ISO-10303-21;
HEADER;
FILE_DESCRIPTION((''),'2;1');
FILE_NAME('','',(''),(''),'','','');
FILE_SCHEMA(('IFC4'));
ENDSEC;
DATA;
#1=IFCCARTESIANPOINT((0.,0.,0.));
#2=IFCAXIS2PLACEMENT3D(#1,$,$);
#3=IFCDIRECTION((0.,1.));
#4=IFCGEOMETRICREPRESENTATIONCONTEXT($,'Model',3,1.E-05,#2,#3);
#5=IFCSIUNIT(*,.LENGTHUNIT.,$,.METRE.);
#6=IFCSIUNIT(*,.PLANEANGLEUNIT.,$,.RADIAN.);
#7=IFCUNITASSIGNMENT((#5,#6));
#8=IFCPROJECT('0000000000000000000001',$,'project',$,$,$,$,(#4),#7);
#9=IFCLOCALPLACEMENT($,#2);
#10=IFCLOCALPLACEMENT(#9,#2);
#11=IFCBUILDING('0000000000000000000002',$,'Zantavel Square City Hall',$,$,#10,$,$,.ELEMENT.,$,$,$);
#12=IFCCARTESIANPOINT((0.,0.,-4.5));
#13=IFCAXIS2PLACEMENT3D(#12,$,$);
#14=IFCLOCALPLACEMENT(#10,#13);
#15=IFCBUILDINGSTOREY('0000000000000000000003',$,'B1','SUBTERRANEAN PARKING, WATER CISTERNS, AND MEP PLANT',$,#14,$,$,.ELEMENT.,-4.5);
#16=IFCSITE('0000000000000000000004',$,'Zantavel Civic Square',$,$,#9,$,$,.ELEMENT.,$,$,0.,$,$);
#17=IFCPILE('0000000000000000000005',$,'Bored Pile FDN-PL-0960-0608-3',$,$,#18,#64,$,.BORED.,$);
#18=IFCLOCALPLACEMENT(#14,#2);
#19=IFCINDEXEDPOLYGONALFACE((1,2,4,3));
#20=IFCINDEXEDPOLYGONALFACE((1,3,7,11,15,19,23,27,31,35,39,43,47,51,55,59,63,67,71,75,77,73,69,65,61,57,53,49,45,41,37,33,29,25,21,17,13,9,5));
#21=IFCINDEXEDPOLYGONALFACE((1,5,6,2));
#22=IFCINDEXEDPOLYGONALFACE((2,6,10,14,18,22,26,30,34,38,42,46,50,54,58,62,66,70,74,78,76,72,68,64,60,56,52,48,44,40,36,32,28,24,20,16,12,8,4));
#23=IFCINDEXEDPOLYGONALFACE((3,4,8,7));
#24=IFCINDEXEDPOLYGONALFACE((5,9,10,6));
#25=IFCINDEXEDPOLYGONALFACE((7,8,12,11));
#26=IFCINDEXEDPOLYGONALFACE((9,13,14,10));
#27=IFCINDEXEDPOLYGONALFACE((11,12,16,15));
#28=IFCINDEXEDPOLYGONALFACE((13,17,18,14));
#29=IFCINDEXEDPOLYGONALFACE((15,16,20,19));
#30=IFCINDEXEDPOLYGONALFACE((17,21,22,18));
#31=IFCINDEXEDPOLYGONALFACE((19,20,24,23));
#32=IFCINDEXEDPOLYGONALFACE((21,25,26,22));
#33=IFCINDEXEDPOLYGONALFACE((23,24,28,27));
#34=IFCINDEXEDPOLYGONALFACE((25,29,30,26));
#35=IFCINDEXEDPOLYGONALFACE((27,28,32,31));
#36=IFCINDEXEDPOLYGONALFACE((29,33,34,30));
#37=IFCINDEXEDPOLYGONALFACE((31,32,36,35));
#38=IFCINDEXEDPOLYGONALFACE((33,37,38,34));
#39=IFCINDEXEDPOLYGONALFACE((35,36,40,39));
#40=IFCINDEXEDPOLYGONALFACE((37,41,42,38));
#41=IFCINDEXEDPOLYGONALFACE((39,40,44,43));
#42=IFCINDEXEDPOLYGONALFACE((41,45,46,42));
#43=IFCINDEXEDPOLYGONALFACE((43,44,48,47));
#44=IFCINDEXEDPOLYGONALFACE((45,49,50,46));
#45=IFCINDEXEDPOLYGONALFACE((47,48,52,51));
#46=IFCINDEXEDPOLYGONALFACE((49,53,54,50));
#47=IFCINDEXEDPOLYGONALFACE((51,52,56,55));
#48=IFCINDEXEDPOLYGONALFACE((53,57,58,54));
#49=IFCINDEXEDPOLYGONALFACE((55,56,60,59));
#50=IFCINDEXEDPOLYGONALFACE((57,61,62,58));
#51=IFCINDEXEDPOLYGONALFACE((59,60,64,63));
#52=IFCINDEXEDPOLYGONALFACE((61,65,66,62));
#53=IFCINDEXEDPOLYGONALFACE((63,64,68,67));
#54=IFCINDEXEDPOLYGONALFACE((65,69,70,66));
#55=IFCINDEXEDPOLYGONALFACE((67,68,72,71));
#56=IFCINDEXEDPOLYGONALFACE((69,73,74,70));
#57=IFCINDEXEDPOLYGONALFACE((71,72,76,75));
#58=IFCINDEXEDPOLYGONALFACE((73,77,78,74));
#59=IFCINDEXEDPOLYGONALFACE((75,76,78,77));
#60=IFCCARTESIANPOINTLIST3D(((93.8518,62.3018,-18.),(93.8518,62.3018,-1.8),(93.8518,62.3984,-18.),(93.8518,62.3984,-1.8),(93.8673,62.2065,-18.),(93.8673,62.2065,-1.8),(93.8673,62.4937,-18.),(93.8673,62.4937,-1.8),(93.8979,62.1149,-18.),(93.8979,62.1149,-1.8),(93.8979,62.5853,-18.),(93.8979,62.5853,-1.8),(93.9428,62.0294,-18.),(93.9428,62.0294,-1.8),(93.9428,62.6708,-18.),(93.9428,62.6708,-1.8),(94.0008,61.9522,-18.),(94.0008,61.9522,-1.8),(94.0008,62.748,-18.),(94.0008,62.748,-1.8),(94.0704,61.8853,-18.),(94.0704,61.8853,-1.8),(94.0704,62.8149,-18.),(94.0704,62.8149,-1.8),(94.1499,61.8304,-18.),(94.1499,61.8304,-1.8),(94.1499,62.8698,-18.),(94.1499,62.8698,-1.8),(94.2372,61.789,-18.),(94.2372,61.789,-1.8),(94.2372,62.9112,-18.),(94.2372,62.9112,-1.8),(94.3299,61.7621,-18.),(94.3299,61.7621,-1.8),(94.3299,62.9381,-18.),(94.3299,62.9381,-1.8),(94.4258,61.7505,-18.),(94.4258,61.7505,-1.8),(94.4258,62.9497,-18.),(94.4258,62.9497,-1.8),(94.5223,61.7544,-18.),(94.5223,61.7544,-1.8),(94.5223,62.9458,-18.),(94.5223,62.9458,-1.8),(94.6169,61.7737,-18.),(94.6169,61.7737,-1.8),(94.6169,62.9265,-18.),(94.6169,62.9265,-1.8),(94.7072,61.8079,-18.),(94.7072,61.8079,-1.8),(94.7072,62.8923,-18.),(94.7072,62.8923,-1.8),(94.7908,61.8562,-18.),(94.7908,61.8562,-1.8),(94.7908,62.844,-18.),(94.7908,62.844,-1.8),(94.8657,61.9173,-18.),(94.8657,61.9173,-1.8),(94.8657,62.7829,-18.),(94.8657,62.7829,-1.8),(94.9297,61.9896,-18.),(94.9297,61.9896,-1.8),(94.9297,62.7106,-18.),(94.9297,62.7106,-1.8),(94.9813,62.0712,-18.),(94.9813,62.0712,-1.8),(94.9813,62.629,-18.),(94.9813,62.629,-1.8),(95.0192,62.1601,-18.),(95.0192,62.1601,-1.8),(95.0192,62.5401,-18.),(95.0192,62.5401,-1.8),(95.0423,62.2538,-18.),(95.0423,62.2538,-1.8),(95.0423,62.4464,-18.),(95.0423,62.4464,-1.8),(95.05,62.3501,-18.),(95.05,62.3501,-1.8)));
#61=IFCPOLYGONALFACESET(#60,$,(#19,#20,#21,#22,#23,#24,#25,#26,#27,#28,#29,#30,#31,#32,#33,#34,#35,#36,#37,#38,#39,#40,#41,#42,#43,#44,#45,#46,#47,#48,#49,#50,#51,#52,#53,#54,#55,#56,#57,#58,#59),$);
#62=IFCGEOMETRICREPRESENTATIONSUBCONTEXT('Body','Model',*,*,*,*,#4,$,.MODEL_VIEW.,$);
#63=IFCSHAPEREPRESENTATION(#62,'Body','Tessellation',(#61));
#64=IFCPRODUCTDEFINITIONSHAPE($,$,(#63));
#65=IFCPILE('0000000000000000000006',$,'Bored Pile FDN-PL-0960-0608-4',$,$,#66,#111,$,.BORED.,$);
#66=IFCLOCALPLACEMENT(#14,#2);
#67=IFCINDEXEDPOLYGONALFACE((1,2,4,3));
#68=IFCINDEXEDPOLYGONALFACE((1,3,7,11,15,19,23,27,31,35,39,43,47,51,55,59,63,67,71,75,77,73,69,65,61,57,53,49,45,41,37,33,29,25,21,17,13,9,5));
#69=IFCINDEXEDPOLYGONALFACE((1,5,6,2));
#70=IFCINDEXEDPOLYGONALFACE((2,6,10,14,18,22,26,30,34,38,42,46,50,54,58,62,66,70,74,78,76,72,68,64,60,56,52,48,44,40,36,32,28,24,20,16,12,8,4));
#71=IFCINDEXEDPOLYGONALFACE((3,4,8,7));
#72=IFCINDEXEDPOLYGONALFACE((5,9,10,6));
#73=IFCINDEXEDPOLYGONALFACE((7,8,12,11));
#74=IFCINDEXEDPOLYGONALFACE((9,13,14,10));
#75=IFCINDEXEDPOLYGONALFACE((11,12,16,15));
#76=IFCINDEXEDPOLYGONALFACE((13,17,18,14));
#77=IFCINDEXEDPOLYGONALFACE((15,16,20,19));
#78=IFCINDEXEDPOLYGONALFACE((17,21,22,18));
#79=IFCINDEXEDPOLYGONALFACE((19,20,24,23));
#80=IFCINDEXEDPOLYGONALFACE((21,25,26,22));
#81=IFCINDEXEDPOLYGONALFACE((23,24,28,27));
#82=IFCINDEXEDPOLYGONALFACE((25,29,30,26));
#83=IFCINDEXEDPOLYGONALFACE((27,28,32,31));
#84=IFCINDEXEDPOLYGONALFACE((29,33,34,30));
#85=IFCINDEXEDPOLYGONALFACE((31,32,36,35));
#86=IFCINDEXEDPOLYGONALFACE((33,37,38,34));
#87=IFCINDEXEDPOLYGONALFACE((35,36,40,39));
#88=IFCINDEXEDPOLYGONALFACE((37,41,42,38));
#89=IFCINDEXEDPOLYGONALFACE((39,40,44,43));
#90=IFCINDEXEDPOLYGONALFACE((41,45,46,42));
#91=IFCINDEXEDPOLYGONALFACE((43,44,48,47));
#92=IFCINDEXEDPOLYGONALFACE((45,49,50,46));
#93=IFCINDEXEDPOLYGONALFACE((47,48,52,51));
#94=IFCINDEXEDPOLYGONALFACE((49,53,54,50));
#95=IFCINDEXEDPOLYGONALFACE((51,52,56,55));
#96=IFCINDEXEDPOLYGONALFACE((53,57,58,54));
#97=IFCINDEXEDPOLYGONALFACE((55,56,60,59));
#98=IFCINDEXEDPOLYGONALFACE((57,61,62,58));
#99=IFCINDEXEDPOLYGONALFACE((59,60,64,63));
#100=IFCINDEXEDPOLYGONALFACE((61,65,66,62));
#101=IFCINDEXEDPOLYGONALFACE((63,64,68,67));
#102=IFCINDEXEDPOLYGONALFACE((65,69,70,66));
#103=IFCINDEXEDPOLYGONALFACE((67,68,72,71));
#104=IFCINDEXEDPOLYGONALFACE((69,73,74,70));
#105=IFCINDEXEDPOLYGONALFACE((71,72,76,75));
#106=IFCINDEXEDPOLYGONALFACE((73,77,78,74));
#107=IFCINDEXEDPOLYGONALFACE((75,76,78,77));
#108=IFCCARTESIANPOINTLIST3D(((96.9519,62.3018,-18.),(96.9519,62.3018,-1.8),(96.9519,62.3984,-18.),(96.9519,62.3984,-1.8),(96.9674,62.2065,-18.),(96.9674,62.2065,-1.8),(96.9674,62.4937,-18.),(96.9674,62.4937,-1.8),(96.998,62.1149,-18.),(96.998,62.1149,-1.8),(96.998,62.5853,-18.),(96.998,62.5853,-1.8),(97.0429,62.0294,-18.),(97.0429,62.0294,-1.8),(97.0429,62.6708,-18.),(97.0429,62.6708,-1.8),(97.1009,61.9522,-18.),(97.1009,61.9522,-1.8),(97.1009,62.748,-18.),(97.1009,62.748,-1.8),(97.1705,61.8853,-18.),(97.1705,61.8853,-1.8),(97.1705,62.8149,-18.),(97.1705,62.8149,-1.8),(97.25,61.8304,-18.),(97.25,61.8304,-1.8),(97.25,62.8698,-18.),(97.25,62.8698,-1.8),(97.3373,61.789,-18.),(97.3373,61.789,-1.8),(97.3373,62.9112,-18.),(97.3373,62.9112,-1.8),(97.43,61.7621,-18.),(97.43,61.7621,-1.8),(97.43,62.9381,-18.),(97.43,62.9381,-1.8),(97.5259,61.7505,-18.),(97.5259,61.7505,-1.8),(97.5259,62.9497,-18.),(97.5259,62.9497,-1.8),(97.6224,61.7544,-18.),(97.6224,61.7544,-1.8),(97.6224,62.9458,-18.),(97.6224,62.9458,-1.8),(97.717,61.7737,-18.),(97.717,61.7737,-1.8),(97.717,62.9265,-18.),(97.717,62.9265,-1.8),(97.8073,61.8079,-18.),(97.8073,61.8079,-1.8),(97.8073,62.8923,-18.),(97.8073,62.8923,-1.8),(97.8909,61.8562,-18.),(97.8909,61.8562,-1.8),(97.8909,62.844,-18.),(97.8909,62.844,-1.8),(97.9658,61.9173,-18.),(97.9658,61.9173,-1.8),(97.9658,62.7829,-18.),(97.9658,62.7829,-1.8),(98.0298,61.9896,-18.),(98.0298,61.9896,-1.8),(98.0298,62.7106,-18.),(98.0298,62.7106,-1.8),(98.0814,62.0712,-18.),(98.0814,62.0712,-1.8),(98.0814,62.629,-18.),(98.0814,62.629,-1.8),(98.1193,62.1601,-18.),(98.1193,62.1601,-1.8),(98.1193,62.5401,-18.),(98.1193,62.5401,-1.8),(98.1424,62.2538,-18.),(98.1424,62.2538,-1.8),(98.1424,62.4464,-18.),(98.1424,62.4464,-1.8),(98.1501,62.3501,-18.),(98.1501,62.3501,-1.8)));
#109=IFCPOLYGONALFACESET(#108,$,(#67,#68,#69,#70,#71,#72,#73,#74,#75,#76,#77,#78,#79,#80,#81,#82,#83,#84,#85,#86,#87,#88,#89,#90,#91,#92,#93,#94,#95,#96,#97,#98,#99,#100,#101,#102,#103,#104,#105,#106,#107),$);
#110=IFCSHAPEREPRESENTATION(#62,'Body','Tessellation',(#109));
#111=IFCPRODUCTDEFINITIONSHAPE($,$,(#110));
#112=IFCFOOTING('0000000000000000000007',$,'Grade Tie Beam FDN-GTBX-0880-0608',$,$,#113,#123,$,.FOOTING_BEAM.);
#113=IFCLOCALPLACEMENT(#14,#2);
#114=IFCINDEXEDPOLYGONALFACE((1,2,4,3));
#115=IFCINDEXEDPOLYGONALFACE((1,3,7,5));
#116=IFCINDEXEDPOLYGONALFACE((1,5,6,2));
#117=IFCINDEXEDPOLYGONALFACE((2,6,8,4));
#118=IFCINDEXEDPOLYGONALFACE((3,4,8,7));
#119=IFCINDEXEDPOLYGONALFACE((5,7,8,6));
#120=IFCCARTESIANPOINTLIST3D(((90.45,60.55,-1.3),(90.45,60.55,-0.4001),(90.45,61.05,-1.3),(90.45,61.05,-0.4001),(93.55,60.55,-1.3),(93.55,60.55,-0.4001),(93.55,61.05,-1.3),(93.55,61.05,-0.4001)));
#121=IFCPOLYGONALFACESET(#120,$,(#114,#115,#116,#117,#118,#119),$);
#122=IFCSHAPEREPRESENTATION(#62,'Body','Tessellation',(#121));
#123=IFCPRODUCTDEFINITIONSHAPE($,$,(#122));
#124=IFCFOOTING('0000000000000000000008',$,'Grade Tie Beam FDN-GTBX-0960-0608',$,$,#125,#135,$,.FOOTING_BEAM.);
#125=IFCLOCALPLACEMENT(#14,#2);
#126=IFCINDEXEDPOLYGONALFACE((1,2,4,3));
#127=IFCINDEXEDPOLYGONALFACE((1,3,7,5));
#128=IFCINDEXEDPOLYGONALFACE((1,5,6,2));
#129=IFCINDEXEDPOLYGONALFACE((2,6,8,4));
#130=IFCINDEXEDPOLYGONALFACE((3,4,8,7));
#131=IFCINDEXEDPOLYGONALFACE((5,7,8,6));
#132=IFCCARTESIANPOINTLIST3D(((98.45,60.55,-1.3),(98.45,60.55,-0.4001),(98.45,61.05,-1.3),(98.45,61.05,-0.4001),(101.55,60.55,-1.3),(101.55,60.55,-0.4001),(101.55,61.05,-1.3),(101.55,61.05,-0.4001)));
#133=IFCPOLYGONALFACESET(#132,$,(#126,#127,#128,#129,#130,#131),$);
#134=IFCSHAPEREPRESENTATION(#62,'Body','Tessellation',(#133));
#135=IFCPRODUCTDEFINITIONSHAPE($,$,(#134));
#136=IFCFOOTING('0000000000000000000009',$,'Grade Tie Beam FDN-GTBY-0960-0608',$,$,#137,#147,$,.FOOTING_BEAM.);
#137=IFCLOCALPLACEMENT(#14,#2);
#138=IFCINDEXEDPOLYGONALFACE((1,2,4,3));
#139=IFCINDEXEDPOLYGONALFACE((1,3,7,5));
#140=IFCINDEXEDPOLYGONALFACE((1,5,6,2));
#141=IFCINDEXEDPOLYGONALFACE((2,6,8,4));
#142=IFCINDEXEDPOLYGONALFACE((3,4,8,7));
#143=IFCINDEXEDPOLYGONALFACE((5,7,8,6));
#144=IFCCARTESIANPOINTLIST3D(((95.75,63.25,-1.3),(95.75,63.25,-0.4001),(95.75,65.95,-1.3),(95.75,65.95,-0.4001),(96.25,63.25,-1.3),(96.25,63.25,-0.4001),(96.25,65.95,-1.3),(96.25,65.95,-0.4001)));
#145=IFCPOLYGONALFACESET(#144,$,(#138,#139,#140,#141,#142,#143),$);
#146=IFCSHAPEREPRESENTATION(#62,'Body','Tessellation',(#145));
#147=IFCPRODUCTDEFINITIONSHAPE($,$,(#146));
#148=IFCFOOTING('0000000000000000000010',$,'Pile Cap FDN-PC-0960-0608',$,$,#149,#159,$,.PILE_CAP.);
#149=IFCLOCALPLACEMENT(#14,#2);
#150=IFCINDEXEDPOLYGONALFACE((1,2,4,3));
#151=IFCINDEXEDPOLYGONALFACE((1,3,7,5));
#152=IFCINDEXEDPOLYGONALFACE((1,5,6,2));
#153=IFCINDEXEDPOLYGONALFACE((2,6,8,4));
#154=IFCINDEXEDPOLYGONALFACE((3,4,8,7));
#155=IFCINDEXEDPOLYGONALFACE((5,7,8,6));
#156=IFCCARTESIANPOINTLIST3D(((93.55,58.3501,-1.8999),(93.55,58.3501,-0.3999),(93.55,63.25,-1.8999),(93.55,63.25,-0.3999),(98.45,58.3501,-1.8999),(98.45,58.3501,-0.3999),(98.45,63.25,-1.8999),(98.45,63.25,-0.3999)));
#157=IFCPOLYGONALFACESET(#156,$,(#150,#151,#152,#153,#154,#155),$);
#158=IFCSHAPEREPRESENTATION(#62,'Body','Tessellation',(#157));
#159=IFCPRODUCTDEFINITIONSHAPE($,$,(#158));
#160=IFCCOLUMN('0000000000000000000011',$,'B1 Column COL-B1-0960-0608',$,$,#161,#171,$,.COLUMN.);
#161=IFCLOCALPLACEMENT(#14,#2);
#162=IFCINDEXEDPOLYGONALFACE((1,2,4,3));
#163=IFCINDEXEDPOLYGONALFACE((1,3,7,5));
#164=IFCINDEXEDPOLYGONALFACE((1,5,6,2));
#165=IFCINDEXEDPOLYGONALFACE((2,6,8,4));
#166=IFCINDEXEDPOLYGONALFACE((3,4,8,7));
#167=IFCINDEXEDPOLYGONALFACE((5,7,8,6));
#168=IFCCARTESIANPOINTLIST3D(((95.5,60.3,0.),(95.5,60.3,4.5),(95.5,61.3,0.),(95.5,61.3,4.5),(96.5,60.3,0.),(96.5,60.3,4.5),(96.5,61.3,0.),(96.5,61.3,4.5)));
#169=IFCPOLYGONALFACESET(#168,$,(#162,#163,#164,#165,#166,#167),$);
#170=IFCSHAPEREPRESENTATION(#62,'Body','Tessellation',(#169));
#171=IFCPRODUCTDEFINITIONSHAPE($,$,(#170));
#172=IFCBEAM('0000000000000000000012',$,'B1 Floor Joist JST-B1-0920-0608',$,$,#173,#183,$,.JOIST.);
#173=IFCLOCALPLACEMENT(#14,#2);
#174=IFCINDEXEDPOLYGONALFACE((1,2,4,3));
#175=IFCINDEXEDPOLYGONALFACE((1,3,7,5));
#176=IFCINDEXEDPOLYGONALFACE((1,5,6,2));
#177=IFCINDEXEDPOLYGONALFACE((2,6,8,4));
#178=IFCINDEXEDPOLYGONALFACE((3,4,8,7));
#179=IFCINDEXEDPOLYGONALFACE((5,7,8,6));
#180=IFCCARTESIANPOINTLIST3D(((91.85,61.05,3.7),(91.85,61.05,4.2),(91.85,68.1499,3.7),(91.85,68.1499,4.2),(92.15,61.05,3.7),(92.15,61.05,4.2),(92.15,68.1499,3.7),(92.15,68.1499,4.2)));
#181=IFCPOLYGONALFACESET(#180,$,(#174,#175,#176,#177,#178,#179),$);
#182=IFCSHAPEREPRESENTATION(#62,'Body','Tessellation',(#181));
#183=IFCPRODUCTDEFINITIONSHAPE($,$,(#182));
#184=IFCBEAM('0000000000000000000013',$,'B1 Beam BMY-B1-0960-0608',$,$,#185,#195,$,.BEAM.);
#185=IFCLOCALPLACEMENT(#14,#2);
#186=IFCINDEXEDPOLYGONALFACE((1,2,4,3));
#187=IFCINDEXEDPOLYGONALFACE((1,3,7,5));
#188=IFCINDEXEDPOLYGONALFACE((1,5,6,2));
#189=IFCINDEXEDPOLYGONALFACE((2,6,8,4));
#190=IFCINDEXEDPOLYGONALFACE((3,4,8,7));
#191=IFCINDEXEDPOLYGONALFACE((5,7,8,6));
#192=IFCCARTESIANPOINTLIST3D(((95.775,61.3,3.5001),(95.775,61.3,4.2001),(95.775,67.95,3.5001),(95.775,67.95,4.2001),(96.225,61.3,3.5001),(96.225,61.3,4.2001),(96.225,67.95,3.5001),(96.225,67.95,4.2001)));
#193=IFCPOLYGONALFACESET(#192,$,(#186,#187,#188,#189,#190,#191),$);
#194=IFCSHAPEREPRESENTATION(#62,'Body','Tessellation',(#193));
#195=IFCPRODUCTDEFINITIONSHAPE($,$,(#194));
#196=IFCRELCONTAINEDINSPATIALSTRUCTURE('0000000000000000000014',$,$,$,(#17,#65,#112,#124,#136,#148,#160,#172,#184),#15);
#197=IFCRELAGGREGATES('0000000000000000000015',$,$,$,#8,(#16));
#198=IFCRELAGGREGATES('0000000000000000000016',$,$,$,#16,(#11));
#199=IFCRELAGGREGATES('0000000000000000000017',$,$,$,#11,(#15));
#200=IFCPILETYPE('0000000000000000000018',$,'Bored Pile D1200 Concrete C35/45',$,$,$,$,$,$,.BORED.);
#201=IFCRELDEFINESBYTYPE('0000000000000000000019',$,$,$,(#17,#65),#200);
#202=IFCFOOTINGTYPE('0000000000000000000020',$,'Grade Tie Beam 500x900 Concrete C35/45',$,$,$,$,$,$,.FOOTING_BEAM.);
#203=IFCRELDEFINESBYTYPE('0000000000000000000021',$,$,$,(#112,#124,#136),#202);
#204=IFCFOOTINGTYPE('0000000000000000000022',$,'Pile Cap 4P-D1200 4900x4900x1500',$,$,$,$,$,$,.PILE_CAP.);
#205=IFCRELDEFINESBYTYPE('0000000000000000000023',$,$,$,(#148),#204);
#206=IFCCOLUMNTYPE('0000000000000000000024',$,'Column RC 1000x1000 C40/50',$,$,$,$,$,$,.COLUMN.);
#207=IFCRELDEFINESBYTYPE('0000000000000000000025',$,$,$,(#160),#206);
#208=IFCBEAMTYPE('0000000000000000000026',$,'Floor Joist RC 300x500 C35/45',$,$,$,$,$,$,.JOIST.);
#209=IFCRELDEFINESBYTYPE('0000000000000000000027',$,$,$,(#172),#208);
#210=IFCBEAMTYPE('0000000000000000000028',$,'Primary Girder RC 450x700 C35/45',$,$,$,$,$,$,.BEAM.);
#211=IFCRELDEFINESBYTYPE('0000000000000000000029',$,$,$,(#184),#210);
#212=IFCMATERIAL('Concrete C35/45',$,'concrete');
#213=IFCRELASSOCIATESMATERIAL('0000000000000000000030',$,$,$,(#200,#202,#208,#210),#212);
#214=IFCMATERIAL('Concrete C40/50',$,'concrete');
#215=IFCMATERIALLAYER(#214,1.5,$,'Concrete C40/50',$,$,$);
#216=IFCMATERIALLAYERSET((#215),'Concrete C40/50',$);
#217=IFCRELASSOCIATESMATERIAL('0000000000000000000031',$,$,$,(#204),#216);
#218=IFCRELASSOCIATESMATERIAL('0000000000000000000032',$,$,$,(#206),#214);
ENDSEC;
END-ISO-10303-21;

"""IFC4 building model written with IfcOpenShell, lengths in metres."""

from ifc_helpers import new_model, si_unit, direction, frame, origin, origin_2d, place, context, subcontext, project, spatial, rectangle, circle, extrude, material, layer, layer_set, material_profile, profile_set, type_object, element, save


model = new_model("IFC4")

# Units and contexts
model_context = context("Model", 3, precision=1e-05, world=origin(), true_north=direction((0.0, 1.0)))
body_context = subcontext(model_context, "Body", "Model", "MODEL_VIEW")
ifc_project = project(units=[si_unit("LENGTHUNIT", "METRE"), si_unit("PLANEANGLEUNIT", "RADIAN")], contexts=[model_context])

# Site, building, storey
site_placement = place(None, origin())
site = spatial("IfcSite", under=ifc_project, at=site_placement, Name="Zantavel Civic Square", CompositionType="ELEMENT", RefElevation=0.0)
building_placement = place(site_placement, origin())
building = spatial("IfcBuilding", under=site, at=building_placement, Name="Zantavel Square City Hall", CompositionType="ELEMENT")
storey_placement = place(building_placement, frame((0.0, 0.0, -4.5)))
storey = spatial("IfcBuildingStorey", under=building, at=storey_placement, Name="B1", Description="SUBTERRANEAN PARKING, WATER CISTERNS, AND MEP PLANT", CompositionType="ELEMENT", Elevation=-4.5)

# Piles
ifc_material_1 = material(Name="Concrete C35/45", Category="concrete")
ifc_material_profile_1 = material_profile(ifc_material_1, circle(Radius=0.6001, at=origin_2d()), Name="PILE D1200")
ifc_profile_set_1 = profile_set([ifc_material_profile_1], Name="Concrete C35/45")
pile_type = type_object("IfcPileType", Name="Bored Pile D1200 Concrete C35/45", PredefinedType="BORED", material=ifc_profile_set_1)
for number, where, z_axis, x_axis, name in (
    (1, (94.45, 62.3501, -1.8), (0.0, 0.0, -1.0), (1.0, 0.0, 0.0), "Bored Pile FDN-PL-0960-0608-3"),
    (2, (97.55, 62.3501, -1.8), (0.0, 0.0, -1.0), (1.0, 0.0, 0.0), "Bored Pile FDN-PL-0960-0608-4"),
):
    element("IfcPile", number, at=place(storey_placement, frame(where, z_axis=z_axis, x_axis=x_axis)), inside=storey, type_object=pile_type, Name=name, PredefinedType="BORED", context=body_context, shape_type="SweptSolid", body=[
        extrude(circle(Radius=0.6001, at=origin_2d()), origin(), (0.0, 0.0, 1.0), 16.2),
    ])

# Footings
ifc_material_profile_2 = material_profile(ifc_material_1, rectangle(XDim=0.5, YDim=0.8999, at=origin_2d()), Name="RC 500x900")
ifc_profile_set_2 = profile_set([ifc_material_profile_2], Name="Concrete C35/45")
footing_type_1 = type_object("IfcFootingType", Name="Grade Tie Beam 500x900 Concrete C35/45", PredefinedType="FOOTING_BEAM", material=ifc_profile_set_2)
for number, where, z_axis, x_axis, name in (
    (3, (90.45, 60.8, -0.8501), (1.0, 0.0, 0.0), (0.0, 1.0, 0.0), "Grade Tie Beam FDN-GTBX-0880-0608"),
    (4, (98.45, 60.8, -0.8501), (1.0, 0.0, 0.0), (0.0, 1.0, 0.0), "Grade Tie Beam FDN-GTBX-0960-0608"),
):
    element("IfcFooting", number, at=place(storey_placement, frame(where, z_axis=z_axis, x_axis=x_axis)), inside=storey, type_object=footing_type_1, Name=name, PredefinedType="FOOTING_BEAM", context=body_context, shape_type="SweptSolid", body=[
        extrude(rectangle(XDim=0.5, YDim=0.8999, at=origin_2d()), origin(), (0.0, 0.0, 1.0), 3.1001),
    ])
footing_1_placement = place(storey_placement, frame((96.0, 63.25, -0.8501), z_axis=(0.0, 1.0, 0.0), x_axis=(-1.0, 0.0, 0.0)))
element("IfcFooting", 5, at=footing_1_placement, inside=storey, type_object=footing_type_1, Name="Grade Tie Beam FDN-GTBY-0960-0608", PredefinedType="FOOTING_BEAM", context=body_context, shape_type="SweptSolid", body=[
    extrude(rectangle(XDim=0.5, YDim=0.8999, at=origin_2d()), origin(), (0.0, 0.0, 1.0), 2.7),
])
ifc_material_2 = material(Name="Concrete C40/50", Category="concrete")
ifc_layer_1 = layer(ifc_material_2, 1.5, Name="Concrete C40/50")
ifc_layer_set_1 = layer_set([ifc_layer_1], Name="Concrete C40/50")
footing_type_2 = type_object("IfcFootingType", Name="Pile Cap 4P-D1200 4900x4900x1500", PredefinedType="PILE_CAP", material=ifc_layer_set_1)
footing_2_placement = place(storey_placement, frame((96.0, 60.8, -1.8999), z_axis=(0.0, 0.0, 1.0), x_axis=(1.0, 0.0, 0.0)))
element("IfcFooting", 6, at=footing_2_placement, inside=storey, type_object=footing_type_2, Name="Pile Cap FDN-PC-0960-0608", PredefinedType="PILE_CAP", context=body_context, shape_type="SweptSolid", body=[
    extrude(rectangle(XDim=4.8999, YDim=4.8999, at=origin_2d()), origin(), (0.0, 0.0, 1.0), 1.5),
])

# Column
ifc_material_profile_3 = material_profile(ifc_material_2, rectangle(XDim=1.0, YDim=1.0, at=origin_2d()), Name="RC 1000x1000")
ifc_profile_set_3 = profile_set([ifc_material_profile_3], Name="Concrete C40/50")
column_type = type_object("IfcColumnType", Name="Column RC 1000x1000 C40/50", PredefinedType="COLUMN", material=ifc_profile_set_3)
column_placement = place(storey_placement, frame((96.0, 60.8, 0.0), z_axis=(0.0, 0.0, 1.0), x_axis=(1.0, 0.0, 0.0)))
element("IfcColumn", 7, at=column_placement, inside=storey, type_object=column_type, Name="B1 Column COL-B1-0960-0608", PredefinedType="COLUMN", context=body_context, shape_type="SweptSolid", body=[
    extrude(rectangle(XDim=1.0, YDim=1.0, at=origin_2d()), origin(), (0.0, 0.0, 1.0), 4.5),
])

# Beams
ifc_material_profile_4 = material_profile(ifc_material_1, rectangle(XDim=0.3, YDim=0.5, at=origin_2d()), Name="RC 300x500")
ifc_profile_set_4 = profile_set([ifc_material_profile_4], Name="Concrete C35/45")
beam_type_1 = type_object("IfcBeamType", Name="Floor Joist RC 300x500 C35/45", PredefinedType="JOIST", material=ifc_profile_set_4)
beam_1_placement = place(storey_placement, frame((92.0, 61.05, 3.95), z_axis=(0.0, 1.0, 0.0), x_axis=(-1.0, 0.0, 0.0)))
element("IfcBeam", 8, at=beam_1_placement, inside=storey, type_object=beam_type_1, Name="B1 Floor Joist JST-B1-0920-0608", PredefinedType="JOIST", context=body_context, shape_type="SweptSolid", body=[
    extrude(rectangle(XDim=0.3, YDim=0.5, at=origin_2d()), origin(), (0.0, 0.0, 1.0), 7.0999),
])
ifc_material_profile_5 = material_profile(ifc_material_1, rectangle(XDim=0.45, YDim=0.7, at=origin_2d()), Name="RC 450x700")
ifc_profile_set_5 = profile_set([ifc_material_profile_5], Name="Concrete C35/45")
beam_type_2 = type_object("IfcBeamType", Name="Primary Girder RC 450x700 C35/45", PredefinedType="BEAM", material=ifc_profile_set_5)
beam_2_placement = place(storey_placement, frame((96.0, 61.3, 3.8501), z_axis=(0.0, 1.0, 0.0), x_axis=(-1.0, 0.0, 0.0)))
element("IfcBeam", 9, at=beam_2_placement, inside=storey, type_object=beam_type_2, Name="B1 Beam BMY-B1-0960-0608", PredefinedType="BEAM", context=body_context, shape_type="SweptSolid", body=[
    extrude(rectangle(XDim=0.45, YDim=0.7, at=origin_2d()), origin(), (0.0, 0.0, 1.0), 6.6499),
])

save(model, "model.ifc")
